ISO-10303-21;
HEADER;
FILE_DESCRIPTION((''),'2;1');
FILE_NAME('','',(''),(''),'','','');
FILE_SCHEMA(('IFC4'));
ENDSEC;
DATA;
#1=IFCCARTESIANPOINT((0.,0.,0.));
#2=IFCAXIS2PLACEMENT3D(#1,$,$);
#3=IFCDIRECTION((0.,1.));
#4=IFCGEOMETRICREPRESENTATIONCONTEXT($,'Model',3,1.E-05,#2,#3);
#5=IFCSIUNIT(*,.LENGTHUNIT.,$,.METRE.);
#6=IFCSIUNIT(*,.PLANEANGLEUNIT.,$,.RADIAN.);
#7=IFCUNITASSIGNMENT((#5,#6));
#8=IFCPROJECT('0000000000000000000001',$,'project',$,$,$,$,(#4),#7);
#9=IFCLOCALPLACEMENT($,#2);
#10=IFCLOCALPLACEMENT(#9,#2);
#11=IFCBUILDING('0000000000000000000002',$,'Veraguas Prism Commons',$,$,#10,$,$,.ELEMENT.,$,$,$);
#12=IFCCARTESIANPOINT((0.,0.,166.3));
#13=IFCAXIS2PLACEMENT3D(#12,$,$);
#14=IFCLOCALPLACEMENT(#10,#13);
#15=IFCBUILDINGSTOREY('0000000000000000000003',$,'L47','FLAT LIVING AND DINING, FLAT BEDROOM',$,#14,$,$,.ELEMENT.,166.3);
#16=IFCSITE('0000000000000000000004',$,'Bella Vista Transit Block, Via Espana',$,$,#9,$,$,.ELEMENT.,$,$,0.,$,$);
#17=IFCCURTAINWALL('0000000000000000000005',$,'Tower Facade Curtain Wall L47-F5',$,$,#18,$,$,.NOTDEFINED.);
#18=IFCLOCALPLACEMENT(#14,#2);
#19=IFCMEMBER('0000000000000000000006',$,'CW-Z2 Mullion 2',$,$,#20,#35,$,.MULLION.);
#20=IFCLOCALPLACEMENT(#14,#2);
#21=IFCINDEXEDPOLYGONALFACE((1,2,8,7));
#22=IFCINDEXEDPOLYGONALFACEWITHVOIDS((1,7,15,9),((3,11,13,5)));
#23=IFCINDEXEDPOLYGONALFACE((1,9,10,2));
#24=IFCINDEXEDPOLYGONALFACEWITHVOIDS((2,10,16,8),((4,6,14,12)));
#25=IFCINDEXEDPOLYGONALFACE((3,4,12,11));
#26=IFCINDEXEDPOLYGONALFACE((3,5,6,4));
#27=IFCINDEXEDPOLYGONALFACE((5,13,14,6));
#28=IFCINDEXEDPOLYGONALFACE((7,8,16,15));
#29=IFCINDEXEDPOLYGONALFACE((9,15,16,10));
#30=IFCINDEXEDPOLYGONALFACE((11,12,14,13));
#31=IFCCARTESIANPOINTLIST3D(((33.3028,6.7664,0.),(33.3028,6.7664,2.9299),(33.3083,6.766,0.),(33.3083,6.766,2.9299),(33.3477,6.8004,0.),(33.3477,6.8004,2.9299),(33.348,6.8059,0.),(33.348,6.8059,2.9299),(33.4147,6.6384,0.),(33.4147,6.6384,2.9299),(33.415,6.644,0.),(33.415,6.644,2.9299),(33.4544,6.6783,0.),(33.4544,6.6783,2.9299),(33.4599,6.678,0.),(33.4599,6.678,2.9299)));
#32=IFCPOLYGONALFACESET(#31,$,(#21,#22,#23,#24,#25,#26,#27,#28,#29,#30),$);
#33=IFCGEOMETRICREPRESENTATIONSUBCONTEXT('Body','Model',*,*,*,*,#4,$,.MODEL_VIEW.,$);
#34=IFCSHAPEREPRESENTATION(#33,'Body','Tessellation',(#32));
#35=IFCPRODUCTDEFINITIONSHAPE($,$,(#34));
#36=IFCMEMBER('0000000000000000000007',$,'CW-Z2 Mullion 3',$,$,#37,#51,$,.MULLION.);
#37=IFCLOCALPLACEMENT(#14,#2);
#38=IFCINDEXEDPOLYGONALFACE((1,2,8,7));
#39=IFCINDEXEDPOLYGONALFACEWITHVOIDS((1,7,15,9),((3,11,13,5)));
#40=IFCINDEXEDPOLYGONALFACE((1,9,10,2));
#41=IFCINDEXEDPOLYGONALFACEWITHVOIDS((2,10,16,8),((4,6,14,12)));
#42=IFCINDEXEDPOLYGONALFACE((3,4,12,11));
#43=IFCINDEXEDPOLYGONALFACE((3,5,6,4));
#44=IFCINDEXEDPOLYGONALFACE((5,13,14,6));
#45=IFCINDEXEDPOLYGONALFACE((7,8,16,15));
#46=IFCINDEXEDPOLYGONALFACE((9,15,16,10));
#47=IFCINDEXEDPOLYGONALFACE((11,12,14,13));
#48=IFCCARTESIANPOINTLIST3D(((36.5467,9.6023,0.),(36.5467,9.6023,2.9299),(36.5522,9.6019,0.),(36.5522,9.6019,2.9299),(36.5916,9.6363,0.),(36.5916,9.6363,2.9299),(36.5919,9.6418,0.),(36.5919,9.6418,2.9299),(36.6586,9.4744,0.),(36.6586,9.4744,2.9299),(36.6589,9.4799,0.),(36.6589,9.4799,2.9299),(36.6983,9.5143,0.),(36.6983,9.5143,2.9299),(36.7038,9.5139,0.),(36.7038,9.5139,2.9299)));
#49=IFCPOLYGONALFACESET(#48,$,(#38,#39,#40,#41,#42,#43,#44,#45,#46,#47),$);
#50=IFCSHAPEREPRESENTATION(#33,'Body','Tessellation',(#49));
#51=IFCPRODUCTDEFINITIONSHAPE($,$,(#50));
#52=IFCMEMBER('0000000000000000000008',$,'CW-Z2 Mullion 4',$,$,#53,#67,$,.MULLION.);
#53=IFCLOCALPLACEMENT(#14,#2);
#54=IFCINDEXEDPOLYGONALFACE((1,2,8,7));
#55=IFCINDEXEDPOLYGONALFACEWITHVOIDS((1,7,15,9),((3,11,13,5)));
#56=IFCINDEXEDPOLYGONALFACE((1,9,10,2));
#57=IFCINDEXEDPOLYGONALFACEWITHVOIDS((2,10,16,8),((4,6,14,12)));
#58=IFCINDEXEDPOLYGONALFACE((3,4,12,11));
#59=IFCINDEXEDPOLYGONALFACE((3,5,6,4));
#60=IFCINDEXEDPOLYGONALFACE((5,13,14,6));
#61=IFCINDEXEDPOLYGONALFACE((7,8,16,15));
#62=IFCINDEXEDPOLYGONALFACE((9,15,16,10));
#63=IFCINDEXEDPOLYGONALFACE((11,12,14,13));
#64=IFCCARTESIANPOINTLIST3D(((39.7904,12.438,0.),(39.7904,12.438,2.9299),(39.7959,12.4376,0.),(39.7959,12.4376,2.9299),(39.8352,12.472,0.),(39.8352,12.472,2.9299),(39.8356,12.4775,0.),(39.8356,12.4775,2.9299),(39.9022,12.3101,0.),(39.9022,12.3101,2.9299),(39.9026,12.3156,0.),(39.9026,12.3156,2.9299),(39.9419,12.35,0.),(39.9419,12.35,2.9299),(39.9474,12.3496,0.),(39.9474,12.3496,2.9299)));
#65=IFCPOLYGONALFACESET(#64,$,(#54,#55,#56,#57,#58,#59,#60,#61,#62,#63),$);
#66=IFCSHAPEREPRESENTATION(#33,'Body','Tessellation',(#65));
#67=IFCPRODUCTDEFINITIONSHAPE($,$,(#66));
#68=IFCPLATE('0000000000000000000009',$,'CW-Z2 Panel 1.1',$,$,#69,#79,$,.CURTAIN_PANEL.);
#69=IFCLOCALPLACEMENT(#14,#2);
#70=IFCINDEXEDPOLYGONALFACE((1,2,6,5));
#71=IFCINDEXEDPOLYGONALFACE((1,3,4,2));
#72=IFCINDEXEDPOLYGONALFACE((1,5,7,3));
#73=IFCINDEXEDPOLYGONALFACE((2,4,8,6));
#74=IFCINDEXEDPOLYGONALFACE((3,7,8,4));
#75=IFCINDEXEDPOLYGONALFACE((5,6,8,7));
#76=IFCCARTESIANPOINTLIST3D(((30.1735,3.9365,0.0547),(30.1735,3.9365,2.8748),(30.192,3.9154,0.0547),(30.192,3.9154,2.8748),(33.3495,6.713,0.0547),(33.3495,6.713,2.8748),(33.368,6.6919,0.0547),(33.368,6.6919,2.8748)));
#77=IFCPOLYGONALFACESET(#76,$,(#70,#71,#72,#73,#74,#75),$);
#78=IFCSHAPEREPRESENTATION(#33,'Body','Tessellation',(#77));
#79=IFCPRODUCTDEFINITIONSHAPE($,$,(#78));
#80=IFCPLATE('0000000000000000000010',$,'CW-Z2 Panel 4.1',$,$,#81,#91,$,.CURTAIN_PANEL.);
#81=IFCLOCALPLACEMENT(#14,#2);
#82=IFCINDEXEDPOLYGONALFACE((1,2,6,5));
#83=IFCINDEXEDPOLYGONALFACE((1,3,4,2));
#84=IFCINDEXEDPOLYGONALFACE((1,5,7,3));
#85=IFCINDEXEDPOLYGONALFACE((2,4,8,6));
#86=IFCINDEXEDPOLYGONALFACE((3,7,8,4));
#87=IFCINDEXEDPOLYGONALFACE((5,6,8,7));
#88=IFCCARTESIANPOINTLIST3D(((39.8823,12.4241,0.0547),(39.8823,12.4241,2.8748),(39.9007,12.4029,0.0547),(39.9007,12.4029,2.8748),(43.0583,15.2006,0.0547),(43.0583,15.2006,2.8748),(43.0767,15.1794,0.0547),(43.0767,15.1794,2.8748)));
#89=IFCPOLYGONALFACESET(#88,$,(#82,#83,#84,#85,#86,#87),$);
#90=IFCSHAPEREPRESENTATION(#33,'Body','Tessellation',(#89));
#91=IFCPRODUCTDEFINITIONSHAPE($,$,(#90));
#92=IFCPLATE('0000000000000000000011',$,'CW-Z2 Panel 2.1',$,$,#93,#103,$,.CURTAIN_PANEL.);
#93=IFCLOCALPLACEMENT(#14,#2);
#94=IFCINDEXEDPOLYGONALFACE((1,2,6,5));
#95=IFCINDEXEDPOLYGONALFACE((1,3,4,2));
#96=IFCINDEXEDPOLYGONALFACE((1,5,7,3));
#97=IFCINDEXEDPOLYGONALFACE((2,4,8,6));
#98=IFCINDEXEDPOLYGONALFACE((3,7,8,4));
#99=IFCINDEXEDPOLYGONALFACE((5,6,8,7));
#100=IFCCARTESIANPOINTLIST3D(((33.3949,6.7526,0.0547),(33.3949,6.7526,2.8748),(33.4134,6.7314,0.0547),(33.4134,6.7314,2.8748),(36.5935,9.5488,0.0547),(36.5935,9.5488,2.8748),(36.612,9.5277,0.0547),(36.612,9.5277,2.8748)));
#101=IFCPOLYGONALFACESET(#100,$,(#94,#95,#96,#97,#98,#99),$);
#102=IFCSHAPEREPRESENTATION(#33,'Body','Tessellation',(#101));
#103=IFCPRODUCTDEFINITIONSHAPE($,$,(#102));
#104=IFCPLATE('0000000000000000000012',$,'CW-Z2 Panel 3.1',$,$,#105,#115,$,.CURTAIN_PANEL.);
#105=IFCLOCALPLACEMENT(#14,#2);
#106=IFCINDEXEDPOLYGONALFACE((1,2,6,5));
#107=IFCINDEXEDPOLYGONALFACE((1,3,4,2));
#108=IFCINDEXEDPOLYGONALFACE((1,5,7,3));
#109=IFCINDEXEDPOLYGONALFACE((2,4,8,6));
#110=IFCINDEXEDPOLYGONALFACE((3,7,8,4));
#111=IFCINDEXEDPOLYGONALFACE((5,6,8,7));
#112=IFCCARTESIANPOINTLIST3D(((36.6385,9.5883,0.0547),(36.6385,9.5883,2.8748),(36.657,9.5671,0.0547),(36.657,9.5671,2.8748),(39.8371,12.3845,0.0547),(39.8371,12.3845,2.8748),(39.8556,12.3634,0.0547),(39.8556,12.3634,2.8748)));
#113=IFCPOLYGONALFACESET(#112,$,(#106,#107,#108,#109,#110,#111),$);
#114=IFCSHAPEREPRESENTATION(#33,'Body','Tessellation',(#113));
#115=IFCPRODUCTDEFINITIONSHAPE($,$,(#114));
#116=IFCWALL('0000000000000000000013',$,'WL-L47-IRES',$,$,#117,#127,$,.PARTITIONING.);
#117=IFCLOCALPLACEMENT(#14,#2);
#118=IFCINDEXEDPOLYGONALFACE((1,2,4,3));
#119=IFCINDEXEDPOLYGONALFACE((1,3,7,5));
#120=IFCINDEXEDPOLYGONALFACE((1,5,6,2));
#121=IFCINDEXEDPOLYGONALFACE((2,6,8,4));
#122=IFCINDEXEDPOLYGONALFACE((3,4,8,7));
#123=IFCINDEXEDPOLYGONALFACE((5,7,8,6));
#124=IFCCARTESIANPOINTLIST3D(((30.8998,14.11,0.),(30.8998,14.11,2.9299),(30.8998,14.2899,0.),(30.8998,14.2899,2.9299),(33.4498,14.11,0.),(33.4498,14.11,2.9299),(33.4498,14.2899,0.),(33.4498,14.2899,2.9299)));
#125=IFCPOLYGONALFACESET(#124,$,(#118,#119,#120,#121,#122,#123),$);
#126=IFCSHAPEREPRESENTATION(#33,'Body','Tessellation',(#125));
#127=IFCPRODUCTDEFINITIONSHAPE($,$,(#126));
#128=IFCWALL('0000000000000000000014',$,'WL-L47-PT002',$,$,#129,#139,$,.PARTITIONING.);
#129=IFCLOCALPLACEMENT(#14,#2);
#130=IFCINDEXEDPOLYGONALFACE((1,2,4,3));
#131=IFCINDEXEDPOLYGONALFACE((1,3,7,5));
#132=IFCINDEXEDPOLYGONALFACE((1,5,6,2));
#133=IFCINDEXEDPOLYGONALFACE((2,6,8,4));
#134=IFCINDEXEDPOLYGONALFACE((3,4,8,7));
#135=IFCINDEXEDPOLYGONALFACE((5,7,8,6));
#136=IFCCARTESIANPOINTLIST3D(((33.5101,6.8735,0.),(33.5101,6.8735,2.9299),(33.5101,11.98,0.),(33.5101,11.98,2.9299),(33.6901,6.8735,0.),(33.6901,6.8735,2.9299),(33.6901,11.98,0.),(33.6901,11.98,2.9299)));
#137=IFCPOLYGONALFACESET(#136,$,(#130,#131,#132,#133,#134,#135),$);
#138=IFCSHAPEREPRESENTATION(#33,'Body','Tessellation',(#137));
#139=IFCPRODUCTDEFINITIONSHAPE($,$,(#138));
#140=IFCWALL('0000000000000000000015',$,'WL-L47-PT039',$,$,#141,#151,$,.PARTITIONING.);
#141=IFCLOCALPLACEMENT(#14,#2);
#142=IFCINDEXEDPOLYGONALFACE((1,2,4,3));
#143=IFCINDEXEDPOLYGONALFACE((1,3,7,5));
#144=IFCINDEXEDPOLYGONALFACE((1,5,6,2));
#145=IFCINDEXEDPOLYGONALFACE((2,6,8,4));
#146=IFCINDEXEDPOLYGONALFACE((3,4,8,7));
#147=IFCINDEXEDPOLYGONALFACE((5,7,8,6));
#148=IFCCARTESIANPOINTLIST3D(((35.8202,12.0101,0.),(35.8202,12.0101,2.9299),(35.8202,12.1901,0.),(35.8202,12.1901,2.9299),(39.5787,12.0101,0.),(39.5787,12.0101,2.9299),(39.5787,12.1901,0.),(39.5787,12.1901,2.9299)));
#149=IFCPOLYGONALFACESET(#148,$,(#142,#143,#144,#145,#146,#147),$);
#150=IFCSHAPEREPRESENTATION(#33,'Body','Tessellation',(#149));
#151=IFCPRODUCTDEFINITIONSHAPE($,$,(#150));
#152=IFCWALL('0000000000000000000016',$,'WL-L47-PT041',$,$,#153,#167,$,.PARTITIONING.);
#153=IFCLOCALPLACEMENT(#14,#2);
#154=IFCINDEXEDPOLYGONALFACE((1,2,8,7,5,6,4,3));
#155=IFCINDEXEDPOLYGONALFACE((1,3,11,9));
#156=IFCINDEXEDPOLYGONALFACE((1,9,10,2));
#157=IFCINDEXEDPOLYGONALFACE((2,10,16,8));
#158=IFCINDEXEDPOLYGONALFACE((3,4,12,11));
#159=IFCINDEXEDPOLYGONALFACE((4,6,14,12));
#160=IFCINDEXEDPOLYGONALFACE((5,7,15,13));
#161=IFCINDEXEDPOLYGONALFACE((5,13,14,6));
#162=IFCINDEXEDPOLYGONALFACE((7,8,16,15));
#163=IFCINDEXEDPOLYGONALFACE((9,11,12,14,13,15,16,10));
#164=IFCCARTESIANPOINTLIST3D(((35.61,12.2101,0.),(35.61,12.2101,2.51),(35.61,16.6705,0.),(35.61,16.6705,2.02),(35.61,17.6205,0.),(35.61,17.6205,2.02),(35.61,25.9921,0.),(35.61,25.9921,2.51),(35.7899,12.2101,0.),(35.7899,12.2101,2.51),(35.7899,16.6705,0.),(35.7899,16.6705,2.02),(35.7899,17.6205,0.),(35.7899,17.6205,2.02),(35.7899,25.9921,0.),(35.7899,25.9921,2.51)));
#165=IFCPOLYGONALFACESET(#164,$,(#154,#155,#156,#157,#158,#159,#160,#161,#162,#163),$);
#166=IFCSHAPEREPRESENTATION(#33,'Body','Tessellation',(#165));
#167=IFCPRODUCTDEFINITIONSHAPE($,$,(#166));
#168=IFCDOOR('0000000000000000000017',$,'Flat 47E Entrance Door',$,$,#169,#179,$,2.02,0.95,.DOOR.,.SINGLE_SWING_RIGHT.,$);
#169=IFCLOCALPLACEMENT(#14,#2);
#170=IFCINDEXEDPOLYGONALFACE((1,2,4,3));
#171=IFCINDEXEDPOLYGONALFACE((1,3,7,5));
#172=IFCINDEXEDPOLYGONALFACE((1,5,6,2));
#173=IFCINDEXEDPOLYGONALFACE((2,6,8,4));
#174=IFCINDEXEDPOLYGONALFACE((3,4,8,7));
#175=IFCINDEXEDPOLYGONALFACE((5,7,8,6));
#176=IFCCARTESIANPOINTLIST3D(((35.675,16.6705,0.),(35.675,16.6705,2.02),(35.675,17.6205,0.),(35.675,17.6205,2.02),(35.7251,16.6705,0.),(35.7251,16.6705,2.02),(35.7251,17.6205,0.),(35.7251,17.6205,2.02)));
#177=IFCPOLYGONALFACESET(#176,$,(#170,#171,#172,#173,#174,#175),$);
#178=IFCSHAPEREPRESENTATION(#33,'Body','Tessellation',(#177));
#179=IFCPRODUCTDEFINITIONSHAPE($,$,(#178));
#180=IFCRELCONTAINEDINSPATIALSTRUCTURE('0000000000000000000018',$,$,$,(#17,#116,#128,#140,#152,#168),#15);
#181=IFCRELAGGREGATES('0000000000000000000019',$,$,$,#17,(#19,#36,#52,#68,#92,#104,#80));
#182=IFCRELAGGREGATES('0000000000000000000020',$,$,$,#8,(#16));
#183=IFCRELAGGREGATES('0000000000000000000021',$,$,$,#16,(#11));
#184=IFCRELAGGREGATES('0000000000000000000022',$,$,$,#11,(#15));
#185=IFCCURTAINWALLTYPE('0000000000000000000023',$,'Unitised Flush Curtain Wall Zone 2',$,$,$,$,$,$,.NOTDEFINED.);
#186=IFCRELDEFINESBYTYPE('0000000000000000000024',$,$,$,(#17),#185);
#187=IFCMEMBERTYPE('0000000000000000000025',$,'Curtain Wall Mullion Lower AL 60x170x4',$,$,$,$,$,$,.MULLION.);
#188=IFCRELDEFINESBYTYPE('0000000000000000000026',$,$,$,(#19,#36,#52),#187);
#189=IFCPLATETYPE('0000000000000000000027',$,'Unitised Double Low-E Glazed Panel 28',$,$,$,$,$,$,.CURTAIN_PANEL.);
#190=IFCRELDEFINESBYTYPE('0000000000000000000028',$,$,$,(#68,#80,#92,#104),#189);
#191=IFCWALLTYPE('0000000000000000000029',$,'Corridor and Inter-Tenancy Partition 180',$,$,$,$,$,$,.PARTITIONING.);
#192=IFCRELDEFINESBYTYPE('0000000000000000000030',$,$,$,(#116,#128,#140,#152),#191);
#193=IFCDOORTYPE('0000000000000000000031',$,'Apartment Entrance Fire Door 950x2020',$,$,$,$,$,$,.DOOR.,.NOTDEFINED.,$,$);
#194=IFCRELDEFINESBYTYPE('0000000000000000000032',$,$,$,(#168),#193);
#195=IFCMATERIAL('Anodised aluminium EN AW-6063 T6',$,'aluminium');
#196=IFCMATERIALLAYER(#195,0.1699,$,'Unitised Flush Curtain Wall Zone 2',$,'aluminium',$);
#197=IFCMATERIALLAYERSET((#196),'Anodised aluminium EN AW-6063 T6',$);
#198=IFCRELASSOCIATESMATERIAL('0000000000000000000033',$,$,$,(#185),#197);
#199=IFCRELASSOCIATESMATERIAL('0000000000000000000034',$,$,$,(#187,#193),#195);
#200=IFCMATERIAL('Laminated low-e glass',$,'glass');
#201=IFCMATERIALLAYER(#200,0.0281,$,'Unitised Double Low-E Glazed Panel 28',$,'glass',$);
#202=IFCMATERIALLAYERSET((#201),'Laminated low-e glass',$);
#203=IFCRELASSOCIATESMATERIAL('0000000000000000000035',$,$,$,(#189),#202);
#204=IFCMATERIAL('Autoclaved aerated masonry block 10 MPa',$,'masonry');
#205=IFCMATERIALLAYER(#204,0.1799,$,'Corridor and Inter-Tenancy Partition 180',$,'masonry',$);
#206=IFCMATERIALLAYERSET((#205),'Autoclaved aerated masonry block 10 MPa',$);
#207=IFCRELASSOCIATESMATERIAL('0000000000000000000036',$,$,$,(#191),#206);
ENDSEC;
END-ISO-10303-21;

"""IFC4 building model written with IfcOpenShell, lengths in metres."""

from ifc_helpers import new_model, si_unit, direction, frame, frame_2d, origin, origin_2d, place, context, subcontext, project, spatial, rectangle, hollow_rectangle, extrude, source, transform, mapped, material, layer, layer_set, material_profile, profile_set, type_object, element, fill, aggregate, save


model = new_model("IFC4")

# Units and contexts
model_context = context("Model", 3, precision=1e-05, world=origin(), true_north=direction((0.0, 1.0)))
body_context = subcontext(model_context, "Body", "Model", "MODEL_VIEW")
ifc_project = project(units=[si_unit("LENGTHUNIT", "METRE"), si_unit("PLANEANGLEUNIT", "RADIAN")], contexts=[model_context])

# Site, building, storey
site_placement = place(None, origin())
site = spatial("IfcSite", under=ifc_project, at=site_placement, Name="Bella Vista Transit Block, Via Espana", CompositionType="ELEMENT", RefElevation=0.0)
building_placement = place(site_placement, origin())
building = spatial("IfcBuilding", under=site, at=building_placement, Name="Veraguas Prism Commons", CompositionType="ELEMENT")
storey_placement = place(building_placement, frame((0.0, 0.0, 166.3)))
storey = spatial("IfcBuildingStorey", under=building, at=storey_placement, Name="L47", Description="FLAT LIVING AND DINING, FLAT BEDROOM", CompositionType="ELEMENT", Elevation=166.3)

# Curtain wall, members, plates
ifc_material_1 = material(Name="Anodised aluminium EN AW-6063 T6", Category="aluminium")
ifc_layer_1 = layer(ifc_material_1, 0.1699, Name="Unitised Flush Curtain Wall Zone 2", Category="aluminium")
ifc_layer_set_1 = layer_set([ifc_layer_1], Name="Anodised aluminium EN AW-6063 T6")
curtain_wall_type = type_object("IfcCurtainWallType", Name="Unitised Flush Curtain Wall Zone 2", PredefinedType="NOTDEFINED", material=ifc_layer_set_1)
curtain_wall_placement = place(storey_placement, origin())
curtain_wall = element("IfcCurtainWall", 1, at=curtain_wall_placement, inside=storey, type_object=curtain_wall_type, Name="Tower Facade Curtain Wall L47-F5", PredefinedType="NOTDEFINED")
ifc_material_profile_1 = material_profile(ifc_material_1, hollow_rectangle(XDim=0.0601, YDim=0.1699, WallThickness=0.0039, at=origin_2d()), Name="AL60X170X4")
ifc_profile_set_1 = profile_set([ifc_material_profile_1], Name="Anodised aluminium EN AW-6063 T6")
member_type = type_object("IfcMemberType", Name="Curtain Wall Mullion Lower AL 60x170x4", PredefinedType="MULLION", material=ifc_profile_set_1)
shared_shape_1 = source(origin(), body_context, "Body", "SweptSolid", [
    extrude(hollow_rectangle(XDim=0.0601, YDim=0.1699, WallThickness=0.0039, at=origin_2d()), origin(), (0.0, 0.0, 1.0), 2.9299),
])
member_1_placement = place(storey_placement, frame((33.3813, 6.7222, 0.0), z_axis=(0.0, 0.0, 1.0), x_axis=(0.752872, 0.658167, 0.0)))
member_1 = element("IfcMember", 2, at=member_1_placement, type_object=member_type, Name="CW-Z2 Mullion 2", PredefinedType="MULLION", context=body_context, shape_type="MappedRepresentation", body=[
    mapped(shared_shape_1, transform((0.0, 0.0, 0.0), scale=1.0)),
])
member_2_placement = place(storey_placement, frame((36.6252, 9.5581, 0.0), z_axis=(0.0, 0.0, 1.0), x_axis=(0.752872, 0.658167, 0.0)))
member_2 = element("IfcMember", 3, at=member_2_placement, type_object=member_type, Name="CW-Z2 Mullion 3", PredefinedType="MULLION", context=body_context, shape_type="MappedRepresentation", body=[
    mapped(shared_shape_1, transform((0.0, 0.0, 0.0), scale=1.0)),
])
member_3_placement = place(storey_placement, frame((39.8689, 12.3938, 0.0), z_axis=(0.0, 0.0, 1.0), x_axis=(0.752872, 0.658167, 0.0)))
member_3 = element("IfcMember", 4, at=member_3_placement, type_object=member_type, Name="CW-Z2 Mullion 4", PredefinedType="MULLION", context=body_context, shape_type="MappedRepresentation", body=[
    mapped(shared_shape_1, transform((0.0, 0.0, 0.0), scale=1.0)),
])
ifc_material_2 = material(Name="Laminated low-e glass", Category="glass")
ifc_layer_2 = layer(ifc_material_2, 0.0281, Name="Unitised Double Low-E Glazed Panel 28", Category="glass")
ifc_layer_set_2 = layer_set([ifc_layer_2], Name="Laminated low-e glass")
plate_type = type_object("IfcPlateType", Name="Unitised Double Low-E Glazed Panel 28", PredefinedType="CURTAIN_PANEL", material=ifc_layer_set_2)
shared_shape_2 = source(origin(), body_context, "Body", "SweptSolid", [
    extrude(rectangle(XDim=4.2185, YDim=0.0281, at=origin_2d()), origin(), (0.0, 0.0, 1.0), 2.8201),
])
plate_1_placement = place(storey_placement, frame((31.7708, 5.3142, 0.0547), z_axis=(0.0, 0.0, 1.0), x_axis=(0.752872, 0.658167, 0.0)))
plate_1 = element("IfcPlate", 5, at=plate_1_placement, type_object=plate_type, Name="CW-Z2 Panel 1.1", PredefinedType="CURTAIN_PANEL", context=body_context, shape_type="MappedRepresentation", body=[
    mapped(shared_shape_2, transform((0.0, 0.0, 0.0), scale=1.0)),
])
plate_2_placement = place(storey_placement, frame((41.4795, 13.8018, 0.0547), z_axis=(0.0, 0.0, 1.0), x_axis=(0.752872, 0.658167, 0.0)))
plate_2 = element("IfcPlate", 6, at=plate_2_placement, type_object=plate_type, Name="CW-Z2 Panel 4.1", PredefinedType="CURTAIN_PANEL", context=body_context, shape_type="MappedRepresentation", body=[
    mapped(shared_shape_2, transform((0.0, 0.0, 0.0), scale=1.0)),
])
shared_shape_3 = source(origin(), body_context, "Body", "SweptSolid", [
    extrude(rectangle(XDim=4.2485, YDim=0.0281, at=origin_2d()), origin(), (0.0, 0.0, 1.0), 2.8201),
])
plate_3_placement = place(storey_placement, frame((35.0034, 8.1401, 0.0547), z_axis=(0.0, 0.0, 1.0), x_axis=(0.752872, 0.658167, 0.0)))
plate_3 = element("IfcPlate", 7, at=plate_3_placement, type_object=plate_type, Name="CW-Z2 Panel 2.1", PredefinedType="CURTAIN_PANEL", context=body_context, shape_type="MappedRepresentation", body=[
    mapped(shared_shape_3, transform((0.0, 0.0, 0.0), scale=1.0)),
])
plate_4_placement = place(storey_placement, frame((38.2471, 10.9758, 0.0547), z_axis=(0.0, 0.0, 1.0), x_axis=(0.752872, 0.658167, 0.0)))
plate_4 = element("IfcPlate", 8, at=plate_4_placement, type_object=plate_type, Name="CW-Z2 Panel 3.1", PredefinedType="CURTAIN_PANEL", context=body_context, shape_type="MappedRepresentation", body=[
    mapped(shared_shape_3, transform((0.0, 0.0, 0.0), scale=1.0)),
])
aggregate(curtain_wall, [member_1, member_2, member_3, plate_1, plate_3, plate_4, plate_2])

# Walls
ifc_material_3 = material(Name="Autoclaved aerated masonry block 10 MPa", Category="masonry")
ifc_layer_3 = layer(ifc_material_3, 0.1799, Name="Corridor and Inter-Tenancy Partition 180", Category="masonry")
ifc_layer_set_3 = layer_set([ifc_layer_3], Name="Autoclaved aerated masonry block 10 MPa")
wall_type_1 = type_object("IfcWallType", Name="Corridor and Inter-Tenancy Partition 180", PredefinedType="PARTITIONING", material=ifc_layer_set_3)
wall_1_placement = place(storey_placement, frame((30.8999, 14.2, 0.0), z_axis=(0.0, 0.0, 1.0), x_axis=(1.0, 0.0, 0.0)))
element("IfcWall", 9, at=wall_1_placement, inside=storey, type_object=wall_type_1, Name="WL-L47-IRES", PredefinedType="PARTITIONING", context=body_context, shape_type="SweptSolid", body=[
    extrude(rectangle(XDim=2.55, YDim=0.1799, at=frame_2d((1.2749, 0.0))), origin(), (0.0, 0.0, 1.0), 2.9299),
])
wall_2_placement = place(storey_placement, frame((33.6001, 11.98, 0.0), z_axis=(0.0, 0.0, 1.0), x_axis=(0.0, -1.0, 0.0)))
element("IfcWall", 10, at=wall_2_placement, inside=storey, type_object=wall_type_1, Name="WL-L47-PT002", PredefinedType="PARTITIONING", context=body_context, shape_type="SweptSolid", body=[
    extrude(rectangle(XDim=5.1064, YDim=0.1799, at=frame_2d((2.5532, 0.0))), origin(), (0.0, 0.0, 1.0), 2.9299),
])
wall_3_placement = place(storey_placement, frame((35.8201, 12.1001, 0.0), z_axis=(0.0, 0.0, 1.0), x_axis=(1.0, 0.0, 0.0)))
element("IfcWall", 11, at=wall_3_placement, inside=storey, type_object=wall_type_1, Name="WL-L47-PT039", PredefinedType="PARTITIONING", context=body_context, shape_type="SweptSolid", body=[
    extrude(rectangle(XDim=3.7585, YDim=0.1799, at=frame_2d((1.8794, 0.0))), origin(), (0.0, 0.0, 1.0), 2.9299),
])

# Wall, opening, door
wall_4_placement = place(storey_placement, frame((35.7, 12.21, 0.0), z_axis=(0.0, 0.0, 1.0), x_axis=(0.0, 1.0, 0.0)))
wall_4 = element("IfcWall", 12, at=wall_4_placement, inside=storey, type_object=wall_type_1, Name="WL-L47-PT041", PredefinedType="PARTITIONING", context=body_context, shape_type="SweptSolid", body=[
    extrude(rectangle(XDim=13.782, YDim=0.1799, at=frame_2d((6.8911, 0.0))), origin(), (0.0, 0.0, 1.0), 2.51),
])
opening_1_placement = place(wall_4_placement, frame((4.4604, 0.0, 0.0)))
opening_1 = element("IfcOpeningElement", 13, at=opening_1_placement, cuts=wall_4, PredefinedType="OPENING", context=body_context, shape_type="SweptSolid", body=[
    extrude(rectangle(XDim=0.95, YDim=2.02, at=frame_2d((0.4751, 1.01))), frame((0.0, 0.0999, 0.0), z_axis=(0.0, -1.0, 0.0), x_axis=(1.0, 0.0, 0.0)), (0.0, 0.0, 1.0), 0.2),
])
door_type_1 = type_object("IfcDoorType", Name="Apartment Entrance Fire Door 950x2020", OperationType="NOTDEFINED", PredefinedType="DOOR", material=ifc_material_1)
shared_shape_4 = source(origin(), body_context, "Body", "SweptSolid", [
    extrude(rectangle(XDim=0.95, YDim=2.02, at=frame_2d((0.4751, 1.01))), frame((0.0, 0.0249, 0.0), z_axis=(0.0, -1.0, 0.0), x_axis=(1.0, 0.0, 0.0)), (0.0, 0.0, 1.0), 0.05),
])
door_1_placement = place(opening_1_placement, origin())
door_1 = element("IfcDoor", 14, at=door_1_placement, inside=storey, type_object=door_type_1, Name="Flat 47E Entrance Door", OperationType="SINGLE_SWING_RIGHT", OverallHeight=2.02, OverallWidth=0.95, PredefinedType="DOOR", context=body_context, shape_type="MappedRepresentation", body=[
    mapped(shared_shape_4, transform((0.0, 0.0, 0.0), scale=1.0)),
])
fill(opening_1, door_1)

save(model, "model.ifc")
